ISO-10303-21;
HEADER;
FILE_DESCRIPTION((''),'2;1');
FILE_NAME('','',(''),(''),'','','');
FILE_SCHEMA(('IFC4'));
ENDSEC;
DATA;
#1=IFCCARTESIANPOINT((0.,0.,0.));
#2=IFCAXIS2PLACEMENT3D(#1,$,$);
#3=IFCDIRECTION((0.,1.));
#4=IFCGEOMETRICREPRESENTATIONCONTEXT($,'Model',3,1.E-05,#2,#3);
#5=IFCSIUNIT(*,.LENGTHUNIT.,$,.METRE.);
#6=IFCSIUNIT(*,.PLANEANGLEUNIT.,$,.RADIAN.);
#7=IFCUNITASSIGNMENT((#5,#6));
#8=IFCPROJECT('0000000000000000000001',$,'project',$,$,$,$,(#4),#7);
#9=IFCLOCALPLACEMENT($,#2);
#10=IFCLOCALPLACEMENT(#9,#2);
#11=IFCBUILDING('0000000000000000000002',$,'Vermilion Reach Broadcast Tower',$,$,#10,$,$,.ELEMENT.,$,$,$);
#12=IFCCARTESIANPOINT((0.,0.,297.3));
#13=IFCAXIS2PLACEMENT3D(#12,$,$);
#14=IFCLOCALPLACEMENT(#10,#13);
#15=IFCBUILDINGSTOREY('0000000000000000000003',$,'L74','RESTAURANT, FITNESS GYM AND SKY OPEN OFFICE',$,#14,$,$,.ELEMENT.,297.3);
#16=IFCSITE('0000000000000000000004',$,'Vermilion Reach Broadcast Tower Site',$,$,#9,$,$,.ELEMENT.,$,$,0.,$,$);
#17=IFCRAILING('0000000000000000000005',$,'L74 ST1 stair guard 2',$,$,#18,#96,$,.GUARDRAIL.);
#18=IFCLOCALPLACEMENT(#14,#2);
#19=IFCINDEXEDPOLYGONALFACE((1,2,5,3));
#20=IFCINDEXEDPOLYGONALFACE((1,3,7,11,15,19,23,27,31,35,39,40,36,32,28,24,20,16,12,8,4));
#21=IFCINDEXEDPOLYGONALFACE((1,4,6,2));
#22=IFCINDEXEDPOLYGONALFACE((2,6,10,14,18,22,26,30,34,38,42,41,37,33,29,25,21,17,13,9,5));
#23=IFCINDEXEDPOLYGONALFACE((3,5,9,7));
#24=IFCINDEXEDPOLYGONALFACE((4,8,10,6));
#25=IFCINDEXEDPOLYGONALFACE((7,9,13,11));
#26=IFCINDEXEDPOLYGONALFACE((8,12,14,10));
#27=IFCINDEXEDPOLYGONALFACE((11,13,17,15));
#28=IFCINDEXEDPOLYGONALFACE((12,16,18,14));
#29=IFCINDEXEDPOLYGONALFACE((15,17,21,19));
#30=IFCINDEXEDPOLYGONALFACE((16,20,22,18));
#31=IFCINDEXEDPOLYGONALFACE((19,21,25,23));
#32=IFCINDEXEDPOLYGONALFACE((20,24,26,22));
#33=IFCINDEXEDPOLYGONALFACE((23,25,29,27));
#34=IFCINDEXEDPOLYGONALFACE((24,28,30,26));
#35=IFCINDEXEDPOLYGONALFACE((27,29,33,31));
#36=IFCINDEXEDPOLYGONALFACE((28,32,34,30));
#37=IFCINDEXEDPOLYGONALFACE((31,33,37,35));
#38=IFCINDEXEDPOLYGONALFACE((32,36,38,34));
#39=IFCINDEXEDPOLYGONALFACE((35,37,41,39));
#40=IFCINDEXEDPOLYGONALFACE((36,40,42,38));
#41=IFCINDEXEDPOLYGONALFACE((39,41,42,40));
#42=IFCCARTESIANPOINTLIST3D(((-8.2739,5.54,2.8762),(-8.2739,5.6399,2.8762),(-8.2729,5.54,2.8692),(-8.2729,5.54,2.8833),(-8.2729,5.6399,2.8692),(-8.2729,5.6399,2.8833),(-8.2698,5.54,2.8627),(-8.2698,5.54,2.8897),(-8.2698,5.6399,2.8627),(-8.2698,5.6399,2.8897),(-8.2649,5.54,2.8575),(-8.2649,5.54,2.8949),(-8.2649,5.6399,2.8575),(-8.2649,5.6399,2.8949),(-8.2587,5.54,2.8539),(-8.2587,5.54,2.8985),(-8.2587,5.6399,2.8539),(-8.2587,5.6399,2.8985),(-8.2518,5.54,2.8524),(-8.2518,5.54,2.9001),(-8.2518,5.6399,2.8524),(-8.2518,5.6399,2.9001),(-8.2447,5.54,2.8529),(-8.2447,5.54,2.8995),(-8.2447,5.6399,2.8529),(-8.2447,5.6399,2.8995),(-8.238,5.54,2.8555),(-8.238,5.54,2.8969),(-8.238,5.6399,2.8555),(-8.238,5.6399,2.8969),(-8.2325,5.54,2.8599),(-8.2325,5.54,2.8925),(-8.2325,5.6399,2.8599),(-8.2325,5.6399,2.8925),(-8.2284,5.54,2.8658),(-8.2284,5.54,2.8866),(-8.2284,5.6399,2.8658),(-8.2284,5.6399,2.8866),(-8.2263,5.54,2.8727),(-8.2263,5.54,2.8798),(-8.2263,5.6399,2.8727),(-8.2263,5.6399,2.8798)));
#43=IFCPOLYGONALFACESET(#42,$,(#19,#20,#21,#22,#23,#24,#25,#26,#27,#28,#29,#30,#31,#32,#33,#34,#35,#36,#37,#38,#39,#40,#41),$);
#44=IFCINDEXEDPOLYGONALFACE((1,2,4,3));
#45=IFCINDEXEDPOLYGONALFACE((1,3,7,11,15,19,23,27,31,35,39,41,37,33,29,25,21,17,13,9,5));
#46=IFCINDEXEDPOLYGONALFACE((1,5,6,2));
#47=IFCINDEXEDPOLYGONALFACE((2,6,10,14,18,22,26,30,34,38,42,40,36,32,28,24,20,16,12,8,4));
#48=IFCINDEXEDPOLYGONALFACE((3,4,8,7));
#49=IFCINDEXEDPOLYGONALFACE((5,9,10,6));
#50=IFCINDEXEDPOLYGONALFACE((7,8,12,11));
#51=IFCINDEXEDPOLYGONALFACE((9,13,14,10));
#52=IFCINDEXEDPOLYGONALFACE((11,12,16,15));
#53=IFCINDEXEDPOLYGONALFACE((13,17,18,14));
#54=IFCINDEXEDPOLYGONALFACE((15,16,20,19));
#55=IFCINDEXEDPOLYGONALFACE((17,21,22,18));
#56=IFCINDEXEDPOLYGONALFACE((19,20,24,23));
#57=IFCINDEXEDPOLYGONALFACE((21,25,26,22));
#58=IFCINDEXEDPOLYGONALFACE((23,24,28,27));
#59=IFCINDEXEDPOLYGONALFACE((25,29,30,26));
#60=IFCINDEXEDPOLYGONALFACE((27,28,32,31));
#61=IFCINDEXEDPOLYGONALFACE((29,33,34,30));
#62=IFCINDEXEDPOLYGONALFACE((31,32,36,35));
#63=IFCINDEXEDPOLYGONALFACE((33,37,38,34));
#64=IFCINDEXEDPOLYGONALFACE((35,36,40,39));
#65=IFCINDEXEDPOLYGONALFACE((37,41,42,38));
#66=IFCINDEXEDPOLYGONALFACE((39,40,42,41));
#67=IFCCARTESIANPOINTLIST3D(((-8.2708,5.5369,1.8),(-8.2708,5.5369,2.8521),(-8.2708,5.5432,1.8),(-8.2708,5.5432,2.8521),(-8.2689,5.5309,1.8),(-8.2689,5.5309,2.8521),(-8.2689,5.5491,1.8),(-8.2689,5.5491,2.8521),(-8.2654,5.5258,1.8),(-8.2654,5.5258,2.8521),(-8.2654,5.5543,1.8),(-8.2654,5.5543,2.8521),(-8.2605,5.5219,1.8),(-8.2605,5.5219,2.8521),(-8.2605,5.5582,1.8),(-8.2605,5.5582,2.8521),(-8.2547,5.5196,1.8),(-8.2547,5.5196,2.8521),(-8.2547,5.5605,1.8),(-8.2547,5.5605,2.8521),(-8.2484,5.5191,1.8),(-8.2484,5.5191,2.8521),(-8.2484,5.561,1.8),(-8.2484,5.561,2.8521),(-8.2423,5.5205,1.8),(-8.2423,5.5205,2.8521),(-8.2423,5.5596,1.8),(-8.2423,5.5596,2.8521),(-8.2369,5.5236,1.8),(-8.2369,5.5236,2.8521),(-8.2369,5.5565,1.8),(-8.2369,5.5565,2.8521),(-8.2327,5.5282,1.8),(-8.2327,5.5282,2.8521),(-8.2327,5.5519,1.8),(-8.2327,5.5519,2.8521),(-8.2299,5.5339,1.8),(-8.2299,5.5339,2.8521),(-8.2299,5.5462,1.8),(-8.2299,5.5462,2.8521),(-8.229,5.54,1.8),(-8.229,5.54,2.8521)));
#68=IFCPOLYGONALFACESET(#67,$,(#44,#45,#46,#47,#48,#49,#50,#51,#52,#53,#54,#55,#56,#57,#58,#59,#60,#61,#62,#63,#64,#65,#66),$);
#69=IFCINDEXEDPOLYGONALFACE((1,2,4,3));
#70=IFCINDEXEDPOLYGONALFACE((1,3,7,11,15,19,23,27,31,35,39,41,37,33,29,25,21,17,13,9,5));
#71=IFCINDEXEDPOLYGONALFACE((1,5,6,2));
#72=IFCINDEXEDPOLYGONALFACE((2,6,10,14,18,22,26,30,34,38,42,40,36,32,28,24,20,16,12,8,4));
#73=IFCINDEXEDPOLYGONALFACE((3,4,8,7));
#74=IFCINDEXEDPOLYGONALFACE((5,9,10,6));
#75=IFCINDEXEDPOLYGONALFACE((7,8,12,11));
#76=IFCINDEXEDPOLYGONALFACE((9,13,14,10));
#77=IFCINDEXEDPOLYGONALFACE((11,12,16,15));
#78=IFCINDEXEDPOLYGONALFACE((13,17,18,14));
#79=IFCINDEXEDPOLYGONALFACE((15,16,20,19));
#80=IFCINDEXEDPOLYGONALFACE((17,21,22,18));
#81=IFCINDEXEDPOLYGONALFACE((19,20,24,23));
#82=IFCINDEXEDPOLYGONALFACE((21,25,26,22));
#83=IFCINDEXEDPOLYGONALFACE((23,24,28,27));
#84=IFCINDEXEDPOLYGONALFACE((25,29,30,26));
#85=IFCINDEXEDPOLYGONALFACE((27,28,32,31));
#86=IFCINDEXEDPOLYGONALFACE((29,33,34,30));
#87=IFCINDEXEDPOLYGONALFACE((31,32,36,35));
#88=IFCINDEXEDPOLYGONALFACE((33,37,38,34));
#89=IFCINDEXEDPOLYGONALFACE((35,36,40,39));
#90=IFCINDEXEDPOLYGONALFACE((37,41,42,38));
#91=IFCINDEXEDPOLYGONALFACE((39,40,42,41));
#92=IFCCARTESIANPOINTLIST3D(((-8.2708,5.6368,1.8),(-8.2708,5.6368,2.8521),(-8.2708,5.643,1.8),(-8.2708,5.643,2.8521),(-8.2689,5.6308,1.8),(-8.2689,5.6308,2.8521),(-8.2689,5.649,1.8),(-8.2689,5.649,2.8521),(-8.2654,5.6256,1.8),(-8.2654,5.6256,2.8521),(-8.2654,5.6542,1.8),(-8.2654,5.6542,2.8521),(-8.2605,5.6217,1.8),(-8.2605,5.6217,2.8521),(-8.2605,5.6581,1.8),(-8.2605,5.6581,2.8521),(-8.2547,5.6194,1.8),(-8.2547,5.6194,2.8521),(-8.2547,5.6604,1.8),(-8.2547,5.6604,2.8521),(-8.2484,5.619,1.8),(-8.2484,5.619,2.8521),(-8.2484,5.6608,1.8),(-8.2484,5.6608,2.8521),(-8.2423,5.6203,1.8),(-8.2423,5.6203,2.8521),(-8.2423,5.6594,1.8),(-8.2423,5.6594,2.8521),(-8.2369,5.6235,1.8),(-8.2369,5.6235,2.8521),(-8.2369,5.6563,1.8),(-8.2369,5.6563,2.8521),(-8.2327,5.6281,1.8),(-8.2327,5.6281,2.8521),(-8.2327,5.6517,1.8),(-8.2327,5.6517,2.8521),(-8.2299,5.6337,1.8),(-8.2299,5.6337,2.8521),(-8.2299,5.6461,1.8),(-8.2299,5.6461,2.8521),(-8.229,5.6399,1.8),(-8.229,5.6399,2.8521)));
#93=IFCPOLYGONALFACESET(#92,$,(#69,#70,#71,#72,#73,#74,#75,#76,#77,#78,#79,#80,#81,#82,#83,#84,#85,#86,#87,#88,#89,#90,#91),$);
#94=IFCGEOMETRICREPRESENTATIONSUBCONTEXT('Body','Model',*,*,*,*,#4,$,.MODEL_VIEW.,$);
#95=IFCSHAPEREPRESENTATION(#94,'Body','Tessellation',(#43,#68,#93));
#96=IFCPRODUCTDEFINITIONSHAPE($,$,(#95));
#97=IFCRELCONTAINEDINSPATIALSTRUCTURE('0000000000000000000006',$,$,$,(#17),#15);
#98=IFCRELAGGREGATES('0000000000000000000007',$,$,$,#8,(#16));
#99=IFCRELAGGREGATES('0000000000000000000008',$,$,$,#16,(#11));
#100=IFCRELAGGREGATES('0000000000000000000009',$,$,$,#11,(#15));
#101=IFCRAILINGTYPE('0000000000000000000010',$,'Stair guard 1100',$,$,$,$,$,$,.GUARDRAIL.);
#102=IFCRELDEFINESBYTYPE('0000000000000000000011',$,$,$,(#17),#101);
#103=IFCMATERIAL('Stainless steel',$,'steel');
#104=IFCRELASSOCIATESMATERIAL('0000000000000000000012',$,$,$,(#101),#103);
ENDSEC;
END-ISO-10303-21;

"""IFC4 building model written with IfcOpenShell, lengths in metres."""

from ifc_helpers import new_model, si_unit, direction, frame, origin, origin_2d, place, context, subcontext, project, spatial, circle, extrude, material, type_object, element, save


model = new_model("IFC4")

# Units and contexts
model_context = context("Model", 3, precision=1e-05, world=origin(), true_north=direction((0.0, 1.0)))
body_context = subcontext(model_context, "Body", "Model", "MODEL_VIEW")
ifc_project = project(units=[si_unit("LENGTHUNIT", "METRE"), si_unit("PLANEANGLEUNIT", "RADIAN")], contexts=[model_context])

# Site, building, storey
site_placement = place(None, origin())
site = spatial("IfcSite", under=ifc_project, at=site_placement, Name="Vermilion Reach Broadcast Tower Site", CompositionType="ELEMENT", RefElevation=0.0)
building_placement = place(site_placement, origin())
building = spatial("IfcBuilding", under=site, at=building_placement, Name="Vermilion Reach Broadcast Tower", CompositionType="ELEMENT")
storey_placement = place(building_placement, frame((0.0, 0.0, 297.3)))
storey = spatial("IfcBuildingStorey", under=building, at=storey_placement, Name="L74", Description="RESTAURANT, FITNESS GYM AND SKY OPEN OFFICE", CompositionType="ELEMENT", Elevation=297.3)

# Railing
ifc_material_1 = material(Name="Stainless steel", Category="steel")
railing_type_1 = type_object("IfcRailingType", Name="Stair guard 1100", PredefinedType="GUARDRAIL", material=ifc_material_1)
railing_1_placement = place(storey_placement, frame((-8.25, 5.54, 1.8)))
element("IfcRailing", 1, at=railing_1_placement, inside=storey, type_object=railing_type_1, Name="L74 ST1 stair guard 2", PredefinedType="GUARDRAIL", context=body_context, shape_type="SweptSolid", body=[
    extrude(circle(Radius=0.0239, at=origin_2d()), frame((0.0, 0.0, 1.0762), z_axis=(0.0, 1.0, 0.0), x_axis=(-1.0, 0.0, 0.0)), (0.0, 0.0, 1.0), 0.0999),
    extrude(circle(Radius=0.021, at=origin_2d()), origin(), (0.0, 0.0, 1.0), 1.052),
    extrude(circle(Radius=0.021, at=origin_2d()), frame((0.0, 0.0999, 0.0)), (0.0, 0.0, 1.0), 1.052),
])

save(model, "model.ifc")
